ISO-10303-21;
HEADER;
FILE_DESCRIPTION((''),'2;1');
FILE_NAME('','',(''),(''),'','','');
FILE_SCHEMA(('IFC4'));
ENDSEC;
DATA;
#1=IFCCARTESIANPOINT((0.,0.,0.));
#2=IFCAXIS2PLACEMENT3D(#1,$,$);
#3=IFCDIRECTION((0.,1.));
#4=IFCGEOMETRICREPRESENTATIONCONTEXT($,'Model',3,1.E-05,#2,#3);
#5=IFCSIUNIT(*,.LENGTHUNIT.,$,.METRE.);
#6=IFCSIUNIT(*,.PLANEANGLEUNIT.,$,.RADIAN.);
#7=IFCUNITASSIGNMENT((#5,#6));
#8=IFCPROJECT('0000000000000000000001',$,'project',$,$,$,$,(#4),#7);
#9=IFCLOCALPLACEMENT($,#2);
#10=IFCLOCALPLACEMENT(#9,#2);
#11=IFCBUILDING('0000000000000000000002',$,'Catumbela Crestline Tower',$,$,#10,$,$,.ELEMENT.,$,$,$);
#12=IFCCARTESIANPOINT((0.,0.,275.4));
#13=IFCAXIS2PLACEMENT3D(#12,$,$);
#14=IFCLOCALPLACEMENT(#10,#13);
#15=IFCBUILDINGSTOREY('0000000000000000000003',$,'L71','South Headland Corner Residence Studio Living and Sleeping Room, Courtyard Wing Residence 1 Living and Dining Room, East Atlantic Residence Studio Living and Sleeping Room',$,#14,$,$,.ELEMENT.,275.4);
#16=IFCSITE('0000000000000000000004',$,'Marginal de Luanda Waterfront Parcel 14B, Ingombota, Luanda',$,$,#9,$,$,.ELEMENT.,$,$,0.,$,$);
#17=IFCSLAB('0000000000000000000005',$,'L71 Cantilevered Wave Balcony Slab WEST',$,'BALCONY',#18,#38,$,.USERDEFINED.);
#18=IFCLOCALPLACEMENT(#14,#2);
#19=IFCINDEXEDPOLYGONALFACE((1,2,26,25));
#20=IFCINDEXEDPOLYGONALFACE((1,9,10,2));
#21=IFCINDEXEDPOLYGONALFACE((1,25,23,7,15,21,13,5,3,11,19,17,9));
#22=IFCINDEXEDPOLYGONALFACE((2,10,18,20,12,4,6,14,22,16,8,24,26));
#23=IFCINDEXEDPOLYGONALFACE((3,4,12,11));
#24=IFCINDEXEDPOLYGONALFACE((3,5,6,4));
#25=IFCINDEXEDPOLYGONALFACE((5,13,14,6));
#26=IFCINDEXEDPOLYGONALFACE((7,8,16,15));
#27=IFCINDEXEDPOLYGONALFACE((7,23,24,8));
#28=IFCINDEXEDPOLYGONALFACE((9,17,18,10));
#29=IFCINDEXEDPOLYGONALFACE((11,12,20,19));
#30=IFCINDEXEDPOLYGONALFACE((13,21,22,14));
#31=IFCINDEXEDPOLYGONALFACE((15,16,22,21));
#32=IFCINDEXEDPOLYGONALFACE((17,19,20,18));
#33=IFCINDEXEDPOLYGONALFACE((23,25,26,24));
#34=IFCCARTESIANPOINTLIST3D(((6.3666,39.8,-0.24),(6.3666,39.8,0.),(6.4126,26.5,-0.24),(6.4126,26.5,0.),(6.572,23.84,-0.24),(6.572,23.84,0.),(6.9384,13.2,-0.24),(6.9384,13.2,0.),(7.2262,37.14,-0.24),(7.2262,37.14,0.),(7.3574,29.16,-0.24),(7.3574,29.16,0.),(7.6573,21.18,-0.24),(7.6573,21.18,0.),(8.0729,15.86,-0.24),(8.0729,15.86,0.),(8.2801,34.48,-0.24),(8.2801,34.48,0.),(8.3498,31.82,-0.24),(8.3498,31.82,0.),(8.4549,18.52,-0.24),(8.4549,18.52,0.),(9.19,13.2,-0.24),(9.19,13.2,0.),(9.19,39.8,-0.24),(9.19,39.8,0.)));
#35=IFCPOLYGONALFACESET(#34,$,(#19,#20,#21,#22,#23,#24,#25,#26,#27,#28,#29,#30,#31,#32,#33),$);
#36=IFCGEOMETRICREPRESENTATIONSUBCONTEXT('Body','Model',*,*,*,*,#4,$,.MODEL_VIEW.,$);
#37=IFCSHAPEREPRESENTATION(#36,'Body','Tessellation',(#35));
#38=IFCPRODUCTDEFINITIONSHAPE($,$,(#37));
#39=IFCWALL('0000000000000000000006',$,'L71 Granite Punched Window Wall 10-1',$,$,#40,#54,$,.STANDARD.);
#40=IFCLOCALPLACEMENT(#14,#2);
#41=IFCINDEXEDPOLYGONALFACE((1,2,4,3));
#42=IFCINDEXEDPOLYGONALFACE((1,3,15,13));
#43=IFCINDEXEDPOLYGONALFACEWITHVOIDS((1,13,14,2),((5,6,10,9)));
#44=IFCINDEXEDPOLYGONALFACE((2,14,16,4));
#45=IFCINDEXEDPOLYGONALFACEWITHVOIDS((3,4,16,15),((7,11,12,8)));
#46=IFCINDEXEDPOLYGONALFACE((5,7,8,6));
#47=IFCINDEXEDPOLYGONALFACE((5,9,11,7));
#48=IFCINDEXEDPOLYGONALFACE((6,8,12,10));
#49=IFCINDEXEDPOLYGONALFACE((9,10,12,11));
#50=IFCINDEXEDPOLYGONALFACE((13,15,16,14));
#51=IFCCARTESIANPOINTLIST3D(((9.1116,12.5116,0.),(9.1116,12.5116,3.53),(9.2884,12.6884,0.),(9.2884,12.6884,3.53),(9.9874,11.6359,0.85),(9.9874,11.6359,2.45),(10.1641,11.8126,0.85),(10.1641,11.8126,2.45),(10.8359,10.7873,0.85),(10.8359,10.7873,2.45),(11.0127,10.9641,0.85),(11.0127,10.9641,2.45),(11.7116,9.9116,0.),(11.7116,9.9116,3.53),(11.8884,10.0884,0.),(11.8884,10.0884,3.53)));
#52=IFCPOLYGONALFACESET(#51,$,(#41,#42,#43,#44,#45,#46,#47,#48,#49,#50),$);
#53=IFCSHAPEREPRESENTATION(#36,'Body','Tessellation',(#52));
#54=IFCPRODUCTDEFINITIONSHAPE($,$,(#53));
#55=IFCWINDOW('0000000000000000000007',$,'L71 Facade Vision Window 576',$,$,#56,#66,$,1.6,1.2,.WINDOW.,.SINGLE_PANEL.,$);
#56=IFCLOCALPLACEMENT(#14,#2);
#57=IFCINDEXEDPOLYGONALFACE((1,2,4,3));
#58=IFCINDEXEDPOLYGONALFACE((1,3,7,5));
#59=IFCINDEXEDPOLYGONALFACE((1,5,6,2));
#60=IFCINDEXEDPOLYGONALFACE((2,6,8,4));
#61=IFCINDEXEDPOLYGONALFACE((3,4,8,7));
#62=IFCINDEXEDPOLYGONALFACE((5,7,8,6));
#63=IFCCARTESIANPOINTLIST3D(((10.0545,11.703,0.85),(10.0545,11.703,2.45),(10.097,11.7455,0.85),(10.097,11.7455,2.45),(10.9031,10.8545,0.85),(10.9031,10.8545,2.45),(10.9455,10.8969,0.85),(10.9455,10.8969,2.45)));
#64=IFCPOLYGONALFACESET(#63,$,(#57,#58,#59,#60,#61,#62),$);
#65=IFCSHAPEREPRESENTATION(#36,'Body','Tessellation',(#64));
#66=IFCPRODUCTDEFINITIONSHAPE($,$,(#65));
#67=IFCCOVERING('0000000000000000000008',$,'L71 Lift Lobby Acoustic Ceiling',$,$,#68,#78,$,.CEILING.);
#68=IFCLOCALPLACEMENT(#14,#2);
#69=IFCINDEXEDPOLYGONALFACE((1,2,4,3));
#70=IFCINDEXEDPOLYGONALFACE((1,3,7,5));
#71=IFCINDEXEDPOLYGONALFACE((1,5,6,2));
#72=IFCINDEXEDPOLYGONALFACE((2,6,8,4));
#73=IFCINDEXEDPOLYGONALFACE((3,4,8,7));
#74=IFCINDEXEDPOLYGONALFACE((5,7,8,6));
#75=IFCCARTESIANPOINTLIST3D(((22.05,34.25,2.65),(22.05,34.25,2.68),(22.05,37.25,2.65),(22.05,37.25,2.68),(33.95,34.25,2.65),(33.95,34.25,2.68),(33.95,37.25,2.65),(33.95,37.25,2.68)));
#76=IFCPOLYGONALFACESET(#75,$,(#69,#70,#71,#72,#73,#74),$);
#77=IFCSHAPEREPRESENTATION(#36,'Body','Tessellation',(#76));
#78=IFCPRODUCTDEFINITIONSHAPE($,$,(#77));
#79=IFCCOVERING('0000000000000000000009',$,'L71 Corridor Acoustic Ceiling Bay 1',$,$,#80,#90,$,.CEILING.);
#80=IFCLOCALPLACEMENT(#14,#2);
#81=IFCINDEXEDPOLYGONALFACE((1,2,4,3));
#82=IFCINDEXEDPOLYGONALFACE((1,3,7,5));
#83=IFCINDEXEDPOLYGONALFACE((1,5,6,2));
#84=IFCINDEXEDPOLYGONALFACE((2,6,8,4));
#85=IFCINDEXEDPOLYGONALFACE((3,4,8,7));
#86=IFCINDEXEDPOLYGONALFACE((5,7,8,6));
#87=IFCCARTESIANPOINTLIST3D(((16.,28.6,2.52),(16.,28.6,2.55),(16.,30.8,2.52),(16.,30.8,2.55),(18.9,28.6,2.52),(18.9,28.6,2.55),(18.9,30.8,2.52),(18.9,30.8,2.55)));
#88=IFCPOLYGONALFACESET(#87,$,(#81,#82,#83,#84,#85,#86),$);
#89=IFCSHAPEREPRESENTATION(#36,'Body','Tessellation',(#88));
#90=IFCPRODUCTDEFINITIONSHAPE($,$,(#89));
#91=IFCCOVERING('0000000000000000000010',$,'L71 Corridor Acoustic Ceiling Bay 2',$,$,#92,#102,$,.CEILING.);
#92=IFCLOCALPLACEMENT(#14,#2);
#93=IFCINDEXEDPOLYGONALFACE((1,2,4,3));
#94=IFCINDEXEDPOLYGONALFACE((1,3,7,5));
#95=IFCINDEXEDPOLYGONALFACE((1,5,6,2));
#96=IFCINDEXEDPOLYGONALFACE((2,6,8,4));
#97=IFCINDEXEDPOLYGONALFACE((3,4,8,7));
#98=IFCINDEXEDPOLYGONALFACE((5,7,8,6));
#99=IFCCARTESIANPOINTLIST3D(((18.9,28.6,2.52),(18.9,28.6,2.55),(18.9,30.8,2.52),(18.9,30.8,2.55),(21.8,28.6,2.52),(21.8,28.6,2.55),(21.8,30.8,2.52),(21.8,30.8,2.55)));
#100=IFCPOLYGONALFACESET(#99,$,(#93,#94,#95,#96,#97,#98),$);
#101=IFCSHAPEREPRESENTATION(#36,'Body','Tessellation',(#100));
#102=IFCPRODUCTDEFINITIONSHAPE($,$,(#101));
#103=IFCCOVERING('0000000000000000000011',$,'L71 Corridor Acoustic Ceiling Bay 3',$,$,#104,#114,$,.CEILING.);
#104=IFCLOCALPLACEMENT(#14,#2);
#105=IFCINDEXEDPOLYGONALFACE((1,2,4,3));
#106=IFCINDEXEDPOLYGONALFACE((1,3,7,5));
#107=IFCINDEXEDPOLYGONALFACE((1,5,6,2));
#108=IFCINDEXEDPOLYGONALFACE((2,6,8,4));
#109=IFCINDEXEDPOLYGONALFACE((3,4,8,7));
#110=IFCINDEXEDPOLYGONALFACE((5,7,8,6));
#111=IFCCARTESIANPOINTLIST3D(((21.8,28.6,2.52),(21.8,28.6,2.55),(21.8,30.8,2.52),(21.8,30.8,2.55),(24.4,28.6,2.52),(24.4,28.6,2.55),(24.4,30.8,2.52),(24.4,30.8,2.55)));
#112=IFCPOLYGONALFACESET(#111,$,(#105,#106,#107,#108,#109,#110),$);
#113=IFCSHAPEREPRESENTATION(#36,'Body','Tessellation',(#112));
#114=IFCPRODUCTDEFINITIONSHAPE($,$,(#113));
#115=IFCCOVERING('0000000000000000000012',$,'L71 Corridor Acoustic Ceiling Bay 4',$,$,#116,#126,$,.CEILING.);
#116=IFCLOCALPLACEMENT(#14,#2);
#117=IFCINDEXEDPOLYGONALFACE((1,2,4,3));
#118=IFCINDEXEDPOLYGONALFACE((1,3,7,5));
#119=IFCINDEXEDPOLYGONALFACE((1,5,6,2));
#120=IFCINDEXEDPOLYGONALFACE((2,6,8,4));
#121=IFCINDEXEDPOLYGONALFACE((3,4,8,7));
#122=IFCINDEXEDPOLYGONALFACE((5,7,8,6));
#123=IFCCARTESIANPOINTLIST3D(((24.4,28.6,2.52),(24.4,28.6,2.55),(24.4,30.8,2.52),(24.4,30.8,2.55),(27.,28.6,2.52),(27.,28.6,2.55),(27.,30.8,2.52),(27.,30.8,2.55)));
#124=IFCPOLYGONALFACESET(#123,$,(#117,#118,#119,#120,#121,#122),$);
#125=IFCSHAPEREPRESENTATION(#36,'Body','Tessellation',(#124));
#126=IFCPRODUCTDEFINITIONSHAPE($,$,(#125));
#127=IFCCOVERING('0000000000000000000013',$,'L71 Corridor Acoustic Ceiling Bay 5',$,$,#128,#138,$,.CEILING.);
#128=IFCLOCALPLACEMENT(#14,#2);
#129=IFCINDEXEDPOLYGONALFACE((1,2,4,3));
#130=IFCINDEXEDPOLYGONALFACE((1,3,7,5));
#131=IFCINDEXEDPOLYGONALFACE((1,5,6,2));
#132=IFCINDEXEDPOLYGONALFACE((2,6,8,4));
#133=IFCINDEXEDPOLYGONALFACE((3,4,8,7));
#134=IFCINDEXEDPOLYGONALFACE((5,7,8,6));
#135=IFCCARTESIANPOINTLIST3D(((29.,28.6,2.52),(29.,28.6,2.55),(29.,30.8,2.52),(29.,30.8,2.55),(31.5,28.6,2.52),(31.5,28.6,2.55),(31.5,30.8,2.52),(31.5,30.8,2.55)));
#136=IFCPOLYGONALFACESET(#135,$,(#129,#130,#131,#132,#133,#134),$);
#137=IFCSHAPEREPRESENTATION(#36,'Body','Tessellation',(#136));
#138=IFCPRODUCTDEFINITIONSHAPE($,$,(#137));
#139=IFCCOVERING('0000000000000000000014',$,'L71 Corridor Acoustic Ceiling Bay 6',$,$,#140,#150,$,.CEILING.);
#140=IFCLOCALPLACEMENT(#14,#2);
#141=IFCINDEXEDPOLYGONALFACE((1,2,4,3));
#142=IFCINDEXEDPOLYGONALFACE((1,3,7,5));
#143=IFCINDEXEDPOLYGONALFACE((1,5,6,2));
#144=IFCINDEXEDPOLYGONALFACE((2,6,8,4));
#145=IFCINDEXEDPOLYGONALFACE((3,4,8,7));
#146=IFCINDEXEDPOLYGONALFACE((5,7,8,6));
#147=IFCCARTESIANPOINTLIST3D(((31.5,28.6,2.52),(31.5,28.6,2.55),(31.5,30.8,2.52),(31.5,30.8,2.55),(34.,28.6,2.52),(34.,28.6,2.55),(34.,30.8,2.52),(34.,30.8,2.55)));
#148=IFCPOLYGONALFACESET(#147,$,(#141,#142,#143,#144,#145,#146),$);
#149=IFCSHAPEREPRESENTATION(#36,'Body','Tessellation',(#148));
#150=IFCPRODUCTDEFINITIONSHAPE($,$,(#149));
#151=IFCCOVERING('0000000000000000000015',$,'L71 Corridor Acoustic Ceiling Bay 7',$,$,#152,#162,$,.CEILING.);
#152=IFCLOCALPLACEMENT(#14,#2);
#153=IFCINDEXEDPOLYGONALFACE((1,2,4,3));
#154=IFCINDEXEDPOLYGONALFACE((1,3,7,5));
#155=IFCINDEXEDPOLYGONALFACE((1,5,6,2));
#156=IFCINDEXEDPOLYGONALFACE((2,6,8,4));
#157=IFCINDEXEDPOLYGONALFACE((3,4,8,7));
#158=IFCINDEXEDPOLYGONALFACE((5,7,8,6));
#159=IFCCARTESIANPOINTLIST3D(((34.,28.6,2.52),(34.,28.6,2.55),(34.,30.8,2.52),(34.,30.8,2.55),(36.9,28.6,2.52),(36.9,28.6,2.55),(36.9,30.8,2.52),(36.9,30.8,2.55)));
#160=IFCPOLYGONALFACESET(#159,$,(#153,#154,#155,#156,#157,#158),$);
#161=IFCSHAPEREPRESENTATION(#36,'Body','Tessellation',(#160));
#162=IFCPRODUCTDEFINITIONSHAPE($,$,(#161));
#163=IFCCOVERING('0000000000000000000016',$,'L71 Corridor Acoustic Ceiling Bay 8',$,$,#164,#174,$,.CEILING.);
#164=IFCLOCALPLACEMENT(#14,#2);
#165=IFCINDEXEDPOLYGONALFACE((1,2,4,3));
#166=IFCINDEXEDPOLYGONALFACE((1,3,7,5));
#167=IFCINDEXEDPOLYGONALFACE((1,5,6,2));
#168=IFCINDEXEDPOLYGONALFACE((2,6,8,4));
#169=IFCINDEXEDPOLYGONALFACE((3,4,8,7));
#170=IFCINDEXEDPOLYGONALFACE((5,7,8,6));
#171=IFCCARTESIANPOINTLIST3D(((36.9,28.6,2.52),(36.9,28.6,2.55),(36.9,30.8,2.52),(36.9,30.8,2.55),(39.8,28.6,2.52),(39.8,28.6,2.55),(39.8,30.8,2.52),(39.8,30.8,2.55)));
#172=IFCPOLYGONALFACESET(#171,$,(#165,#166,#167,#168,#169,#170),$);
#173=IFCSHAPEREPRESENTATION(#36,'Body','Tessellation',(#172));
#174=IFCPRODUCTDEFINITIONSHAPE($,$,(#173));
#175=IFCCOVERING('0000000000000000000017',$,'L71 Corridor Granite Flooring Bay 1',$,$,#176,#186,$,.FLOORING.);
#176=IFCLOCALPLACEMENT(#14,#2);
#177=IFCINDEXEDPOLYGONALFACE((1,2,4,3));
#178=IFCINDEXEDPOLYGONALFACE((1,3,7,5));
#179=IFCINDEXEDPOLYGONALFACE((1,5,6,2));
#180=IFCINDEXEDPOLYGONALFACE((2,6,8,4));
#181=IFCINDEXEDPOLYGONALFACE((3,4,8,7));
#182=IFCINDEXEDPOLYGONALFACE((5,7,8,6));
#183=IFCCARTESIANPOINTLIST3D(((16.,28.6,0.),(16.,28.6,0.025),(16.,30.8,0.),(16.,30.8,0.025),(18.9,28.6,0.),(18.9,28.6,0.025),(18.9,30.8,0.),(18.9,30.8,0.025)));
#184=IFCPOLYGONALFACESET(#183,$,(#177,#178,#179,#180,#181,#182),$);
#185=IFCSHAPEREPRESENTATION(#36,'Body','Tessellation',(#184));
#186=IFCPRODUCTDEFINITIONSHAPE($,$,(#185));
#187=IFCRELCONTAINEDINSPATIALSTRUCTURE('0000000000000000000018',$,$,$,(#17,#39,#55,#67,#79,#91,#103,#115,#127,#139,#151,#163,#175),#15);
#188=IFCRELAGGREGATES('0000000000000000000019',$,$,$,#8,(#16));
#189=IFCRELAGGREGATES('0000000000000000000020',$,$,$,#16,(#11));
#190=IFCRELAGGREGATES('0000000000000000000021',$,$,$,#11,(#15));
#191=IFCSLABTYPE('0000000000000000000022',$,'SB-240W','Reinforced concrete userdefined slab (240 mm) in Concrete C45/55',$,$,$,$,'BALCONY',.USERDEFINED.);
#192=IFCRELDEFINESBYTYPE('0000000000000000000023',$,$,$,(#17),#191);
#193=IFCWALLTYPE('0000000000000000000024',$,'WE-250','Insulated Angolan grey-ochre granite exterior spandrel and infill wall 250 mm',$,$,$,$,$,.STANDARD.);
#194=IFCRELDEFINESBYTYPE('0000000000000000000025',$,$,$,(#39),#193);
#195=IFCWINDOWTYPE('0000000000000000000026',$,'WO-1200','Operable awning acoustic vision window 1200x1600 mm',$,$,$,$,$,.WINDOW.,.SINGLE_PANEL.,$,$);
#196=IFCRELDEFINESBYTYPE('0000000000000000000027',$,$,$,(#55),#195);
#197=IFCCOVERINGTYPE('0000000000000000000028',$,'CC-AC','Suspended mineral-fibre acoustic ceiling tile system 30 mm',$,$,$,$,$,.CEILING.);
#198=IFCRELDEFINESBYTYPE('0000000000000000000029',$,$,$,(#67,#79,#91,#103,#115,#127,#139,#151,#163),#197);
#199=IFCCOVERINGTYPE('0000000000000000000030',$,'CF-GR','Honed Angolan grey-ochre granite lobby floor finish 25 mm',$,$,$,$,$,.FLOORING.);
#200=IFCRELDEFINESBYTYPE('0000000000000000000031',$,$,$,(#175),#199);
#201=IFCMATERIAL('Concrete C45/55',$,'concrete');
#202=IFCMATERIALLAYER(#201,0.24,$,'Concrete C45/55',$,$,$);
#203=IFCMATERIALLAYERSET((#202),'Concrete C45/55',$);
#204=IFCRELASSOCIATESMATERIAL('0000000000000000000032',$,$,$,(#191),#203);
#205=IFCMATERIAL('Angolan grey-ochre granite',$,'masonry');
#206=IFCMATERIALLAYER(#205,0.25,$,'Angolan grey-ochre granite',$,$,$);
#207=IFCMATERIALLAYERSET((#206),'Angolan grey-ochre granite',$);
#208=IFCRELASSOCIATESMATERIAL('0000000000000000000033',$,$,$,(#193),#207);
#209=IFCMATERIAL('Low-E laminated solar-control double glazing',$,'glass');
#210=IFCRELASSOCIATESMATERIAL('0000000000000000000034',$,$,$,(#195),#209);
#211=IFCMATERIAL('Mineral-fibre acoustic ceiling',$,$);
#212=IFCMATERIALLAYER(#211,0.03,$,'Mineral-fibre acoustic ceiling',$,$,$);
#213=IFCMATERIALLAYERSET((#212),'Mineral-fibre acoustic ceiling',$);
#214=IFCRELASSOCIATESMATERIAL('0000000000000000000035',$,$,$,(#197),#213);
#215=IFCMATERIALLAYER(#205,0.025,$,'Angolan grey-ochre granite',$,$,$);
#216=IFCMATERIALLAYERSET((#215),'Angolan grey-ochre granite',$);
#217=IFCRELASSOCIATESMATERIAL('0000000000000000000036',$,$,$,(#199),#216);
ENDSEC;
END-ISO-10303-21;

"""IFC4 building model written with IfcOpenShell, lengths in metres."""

from ifc_helpers import new_model, si_unit, direction, frame, frame_2d, origin, place, context, subcontext, project, spatial, polyline, rectangle, outline, extrude, material, layer, layer_set, type_object, element, fill, save


model = new_model("IFC4")

# Units and contexts
model_context = context("Model", 3, precision=1e-05, world=origin(), true_north=direction((0.0, 1.0)))
body_context = subcontext(model_context, "Body", "Model", "MODEL_VIEW")
ifc_project = project(units=[si_unit("LENGTHUNIT", "METRE"), si_unit("PLANEANGLEUNIT", "RADIAN")], contexts=[model_context])

# Site, building, storey
site_placement = place(None, origin())
site = spatial("IfcSite", under=ifc_project, at=site_placement, Name="Marginal de Luanda Waterfront Parcel 14B, Ingombota, Luanda", CompositionType="ELEMENT", RefElevation=0.0)
building_placement = place(site_placement, origin())
building = spatial("IfcBuilding", under=site, at=building_placement, Name="Catumbela Crestline Tower", CompositionType="ELEMENT")
storey_placement = place(building_placement, frame((0.0, 0.0, 275.4)))
storey = spatial("IfcBuildingStorey", under=building, at=storey_placement, Name="L71", Description="South Headland Corner Residence Studio Living and Sleeping Room, Courtyard Wing Residence 1 Living and Dining Room, East Atlantic Residence Studio Living and Sleeping Room", CompositionType="ELEMENT", Elevation=275.4)

# Shared definitions
ifc_material_1 = material(Name="Low-E laminated solar-control double glazing", Category="glass")

# Shared definitions
ifc_material_2 = material(Name="Concrete C45/55", Category="concrete")

# Slab
ifc_layer_1 = layer(ifc_material_2, 0.24, Name="Concrete C45/55")
ifc_layer_set_1 = layer_set([ifc_layer_1], Name="Concrete C45/55")
slab_type_1 = type_object("IfcSlabType", Name="SB-240W", Description="Reinforced concrete userdefined slab (240 mm) in Concrete C45/55", ElementType="BALCONY", PredefinedType="USERDEFINED", material=ifc_layer_set_1)
slab_1_placement = place(storey_placement, frame((0.0, 0.0, -0.24)))
element("IfcSlab", 1, at=slab_1_placement, inside=storey, type_object=slab_type_1, Name="L71 Cantilevered Wave Balcony Slab WEST", ObjectType="BALCONY", PredefinedType="USERDEFINED", context=body_context, shape_type="SweptSolid", body=[
    extrude(outline(polyline([(9.19, 39.8), (6.3666, 39.8), (7.2262, 37.14), (8.2801, 34.48), (8.3498, 31.82), (7.3574, 29.16), (6.4126, 26.5), (6.572, 23.84), (7.6573, 21.18), (8.4549, 18.52), (8.0729, 15.86), (6.9384, 13.2), (9.19, 13.2), (9.19, 39.8)])), origin(), (0.0, 0.0, 1.0), 0.24),
])

# Wall, opening, window
ifc_material_3 = material(Name="Angolan grey-ochre granite", Category="masonry")
ifc_layer_2 = layer(ifc_material_3, 0.25, Name="Angolan grey-ochre granite")
ifc_layer_set_2 = layer_set([ifc_layer_2], Name="Angolan grey-ochre granite")
wall_type = type_object("IfcWallType", Name="WE-250", Description="Insulated Angolan grey-ochre granite exterior spandrel and infill wall 250 mm", PredefinedType="STANDARD", material=ifc_layer_set_2)
wall_placement = place(storey_placement, frame((9.2, 12.6, 0.0), z_axis=(0.0, 0.0, 1.0), x_axis=(0.707107, -0.707107, 0.0)))
wall = element("IfcWall", 2, at=wall_placement, inside=storey, type_object=wall_type, Name="L71 Granite Punched Window Wall 10-1", PredefinedType="STANDARD", context=body_context, shape_type="SweptSolid", body=[
    extrude(rectangle(XDim=3.677, YDim=0.25, at=frame_2d((1.8385, 0.0))), origin(), (0.0, 0.0, 1.0), 3.53),
])
opening_placement = place(wall_placement, frame((1.2385, 0.0, 0.85)))
opening = element("IfcOpeningElement", 3, at=opening_placement, cuts=wall, PredefinedType="OPENING", context=body_context, shape_type="SweptSolid", body=[
    extrude(rectangle(XDim=1.2, YDim=1.6, at=frame_2d((0.6, 0.8))), frame((0.0, 0.135, 0.0), z_axis=(0.0, -1.0, 0.0), x_axis=(1.0, 0.0, 0.0)), (0.0, 0.0, 1.0), 0.27),
])
window_type = type_object("IfcWindowType", Name="WO-1200", Description="Operable awning acoustic vision window 1200x1600 mm", PartitioningType="SINGLE_PANEL", PredefinedType="WINDOW", material=ifc_material_1)
window_placement = place(opening_placement, origin())
window = element("IfcWindow", 4, at=window_placement, inside=storey, type_object=window_type, Name="L71 Facade Vision Window 576", OverallHeight=1.6, OverallWidth=1.2, PartitioningType="SINGLE_PANEL", PredefinedType="WINDOW", context=body_context, shape_type="SweptSolid", body=[
    extrude(rectangle(XDim=1.2, YDim=1.6, at=frame_2d((0.6, 0.8))), frame((0.0, 0.03, 0.0), z_axis=(0.0, -1.0, 0.0), x_axis=(1.0, 0.0, 0.0)), (0.0, 0.0, 1.0), 0.06),
])
fill(opening, window)

# Coverings
ifc_material_4 = material(Name="Mineral-fibre acoustic ceiling")
ifc_layer_3 = layer(ifc_material_4, 0.03, Name="Mineral-fibre acoustic ceiling")
ifc_layer_set_3 = layer_set([ifc_layer_3], Name="Mineral-fibre acoustic ceiling")
covering_type_1 = type_object("IfcCoveringType", Name="CC-AC", Description="Suspended mineral-fibre acoustic ceiling tile system 30 mm", PredefinedType="CEILING", material=ifc_layer_set_3)
covering_1_placement = place(storey_placement, frame((0.0, 0.0, 2.65)))
element("IfcCovering", 5, at=covering_1_placement, inside=storey, type_object=covering_type_1, Name="L71 Lift Lobby Acoustic Ceiling", PredefinedType="CEILING", context=body_context, shape_type="SweptSolid", body=[
    extrude(outline(polyline([(22.05, 34.25), (33.95, 34.25), (33.95, 37.25), (22.05, 37.25), (22.05, 34.25)])), origin(), (0.0, 0.0, 1.0), 0.03),
])
covering_2_placement = place(storey_placement, frame((0.0, 0.0, 2.52)))
element("IfcCovering", 6, at=covering_2_placement, inside=storey, type_object=covering_type_1, Name="L71 Corridor Acoustic Ceiling Bay 1", PredefinedType="CEILING", context=body_context, shape_type="SweptSolid", body=[
    extrude(outline(polyline([(16.0, 28.6), (18.9, 28.6), (18.9, 30.8), (16.0, 30.8), (16.0, 28.6)])), origin(), (0.0, 0.0, 1.0), 0.03),
])
covering_3_placement = place(storey_placement, frame((0.0, 0.0, 2.52)))
element("IfcCovering", 7, at=covering_3_placement, inside=storey, type_object=covering_type_1, Name="L71 Corridor Acoustic Ceiling Bay 2", PredefinedType="CEILING", context=body_context, shape_type="SweptSolid", body=[
    extrude(outline(polyline([(18.9, 28.6), (21.8, 28.6), (21.8, 30.8), (18.9, 30.8), (18.9, 28.6)])), origin(), (0.0, 0.0, 1.0), 0.03),
])
covering_4_placement = place(storey_placement, frame((0.0, 0.0, 2.52)))
element("IfcCovering", 8, at=covering_4_placement, inside=storey, type_object=covering_type_1, Name="L71 Corridor Acoustic Ceiling Bay 3", PredefinedType="CEILING", context=body_context, shape_type="SweptSolid", body=[
    extrude(outline(polyline([(21.8, 28.6), (24.4, 28.6), (24.4, 30.8), (21.8, 30.8), (21.8, 28.6)])), origin(), (0.0, 0.0, 1.0), 0.03),
])
covering_5_placement = place(storey_placement, frame((0.0, 0.0, 2.52)))
element("IfcCovering", 9, at=covering_5_placement, inside=storey, type_object=covering_type_1, Name="L71 Corridor Acoustic Ceiling Bay 4", PredefinedType="CEILING", context=body_context, shape_type="SweptSolid", body=[
    extrude(outline(polyline([(24.4, 28.6), (27.0, 28.6), (27.0, 30.8), (24.4, 30.8), (24.4, 28.6)])), origin(), (0.0, 0.0, 1.0), 0.03),
])
covering_6_placement = place(storey_placement, frame((0.0, 0.0, 2.52)))
element("IfcCovering", 10, at=covering_6_placement, inside=storey, type_object=covering_type_1, Name="L71 Corridor Acoustic Ceiling Bay 5", PredefinedType="CEILING", context=body_context, shape_type="SweptSolid", body=[
    extrude(outline(polyline([(29.0, 28.6), (31.5, 28.6), (31.5, 30.8), (29.0, 30.8), (29.0, 28.6)])), origin(), (0.0, 0.0, 1.0), 0.03),
])
covering_7_placement = place(storey_placement, frame((0.0, 0.0, 2.52)))
element("IfcCovering", 11, at=covering_7_placement, inside=storey, type_object=covering_type_1, Name="L71 Corridor Acoustic Ceiling Bay 6", PredefinedType="CEILING", context=body_context, shape_type="SweptSolid", body=[
    extrude(outline(polyline([(31.5, 28.6), (34.0, 28.6), (34.0, 30.8), (31.5, 30.8), (31.5, 28.6)])), origin(), (0.0, 0.0, 1.0), 0.03),
])
covering_8_placement = place(storey_placement, frame((0.0, 0.0, 2.52)))
element("IfcCovering", 12, at=covering_8_placement, inside=storey, type_object=covering_type_1, Name="L71 Corridor Acoustic Ceiling Bay 7", PredefinedType="CEILING", context=body_context, shape_type="SweptSolid", body=[
    extrude(outline(polyline([(34.0, 28.6), (36.9, 28.6), (36.9, 30.8), (34.0, 30.8), (34.0, 28.6)])), origin(), (0.0, 0.0, 1.0), 0.03),
])
covering_9_placement = place(storey_placement, frame((0.0, 0.0, 2.52)))
element("IfcCovering", 13, at=covering_9_placement, inside=storey, type_object=covering_type_1, Name="L71 Corridor Acoustic Ceiling Bay 8", PredefinedType="CEILING", context=body_context, shape_type="SweptSolid", body=[
    extrude(outline(polyline([(36.9, 28.6), (39.8, 28.6), (39.8, 30.8), (36.9, 30.8), (36.9, 28.6)])), origin(), (0.0, 0.0, 1.0), 0.03),
])
ifc_layer_4 = layer(ifc_material_3, 0.025, Name="Angolan grey-ochre granite")
ifc_layer_set_4 = layer_set([ifc_layer_4], Name="Angolan grey-ochre granite")
covering_type_2 = type_object("IfcCoveringType", Name="CF-GR", Description="Honed Angolan grey-ochre granite lobby floor finish 25 mm", PredefinedType="FLOORING", material=ifc_layer_set_4)
covering_10_placement = place(storey_placement, origin())
element("IfcCovering", 14, at=covering_10_placement, inside=storey, type_object=covering_type_2, Name="L71 Corridor Granite Flooring Bay 1", PredefinedType="FLOORING", context=body_context, shape_type="SweptSolid", body=[
    extrude(outline(polyline([(16.0, 28.6), (18.9, 28.6), (18.9, 30.8), (16.0, 30.8), (16.0, 28.6)])), origin(), (0.0, 0.0, 1.0), 0.025),
])

save(model, "model.ifc")
